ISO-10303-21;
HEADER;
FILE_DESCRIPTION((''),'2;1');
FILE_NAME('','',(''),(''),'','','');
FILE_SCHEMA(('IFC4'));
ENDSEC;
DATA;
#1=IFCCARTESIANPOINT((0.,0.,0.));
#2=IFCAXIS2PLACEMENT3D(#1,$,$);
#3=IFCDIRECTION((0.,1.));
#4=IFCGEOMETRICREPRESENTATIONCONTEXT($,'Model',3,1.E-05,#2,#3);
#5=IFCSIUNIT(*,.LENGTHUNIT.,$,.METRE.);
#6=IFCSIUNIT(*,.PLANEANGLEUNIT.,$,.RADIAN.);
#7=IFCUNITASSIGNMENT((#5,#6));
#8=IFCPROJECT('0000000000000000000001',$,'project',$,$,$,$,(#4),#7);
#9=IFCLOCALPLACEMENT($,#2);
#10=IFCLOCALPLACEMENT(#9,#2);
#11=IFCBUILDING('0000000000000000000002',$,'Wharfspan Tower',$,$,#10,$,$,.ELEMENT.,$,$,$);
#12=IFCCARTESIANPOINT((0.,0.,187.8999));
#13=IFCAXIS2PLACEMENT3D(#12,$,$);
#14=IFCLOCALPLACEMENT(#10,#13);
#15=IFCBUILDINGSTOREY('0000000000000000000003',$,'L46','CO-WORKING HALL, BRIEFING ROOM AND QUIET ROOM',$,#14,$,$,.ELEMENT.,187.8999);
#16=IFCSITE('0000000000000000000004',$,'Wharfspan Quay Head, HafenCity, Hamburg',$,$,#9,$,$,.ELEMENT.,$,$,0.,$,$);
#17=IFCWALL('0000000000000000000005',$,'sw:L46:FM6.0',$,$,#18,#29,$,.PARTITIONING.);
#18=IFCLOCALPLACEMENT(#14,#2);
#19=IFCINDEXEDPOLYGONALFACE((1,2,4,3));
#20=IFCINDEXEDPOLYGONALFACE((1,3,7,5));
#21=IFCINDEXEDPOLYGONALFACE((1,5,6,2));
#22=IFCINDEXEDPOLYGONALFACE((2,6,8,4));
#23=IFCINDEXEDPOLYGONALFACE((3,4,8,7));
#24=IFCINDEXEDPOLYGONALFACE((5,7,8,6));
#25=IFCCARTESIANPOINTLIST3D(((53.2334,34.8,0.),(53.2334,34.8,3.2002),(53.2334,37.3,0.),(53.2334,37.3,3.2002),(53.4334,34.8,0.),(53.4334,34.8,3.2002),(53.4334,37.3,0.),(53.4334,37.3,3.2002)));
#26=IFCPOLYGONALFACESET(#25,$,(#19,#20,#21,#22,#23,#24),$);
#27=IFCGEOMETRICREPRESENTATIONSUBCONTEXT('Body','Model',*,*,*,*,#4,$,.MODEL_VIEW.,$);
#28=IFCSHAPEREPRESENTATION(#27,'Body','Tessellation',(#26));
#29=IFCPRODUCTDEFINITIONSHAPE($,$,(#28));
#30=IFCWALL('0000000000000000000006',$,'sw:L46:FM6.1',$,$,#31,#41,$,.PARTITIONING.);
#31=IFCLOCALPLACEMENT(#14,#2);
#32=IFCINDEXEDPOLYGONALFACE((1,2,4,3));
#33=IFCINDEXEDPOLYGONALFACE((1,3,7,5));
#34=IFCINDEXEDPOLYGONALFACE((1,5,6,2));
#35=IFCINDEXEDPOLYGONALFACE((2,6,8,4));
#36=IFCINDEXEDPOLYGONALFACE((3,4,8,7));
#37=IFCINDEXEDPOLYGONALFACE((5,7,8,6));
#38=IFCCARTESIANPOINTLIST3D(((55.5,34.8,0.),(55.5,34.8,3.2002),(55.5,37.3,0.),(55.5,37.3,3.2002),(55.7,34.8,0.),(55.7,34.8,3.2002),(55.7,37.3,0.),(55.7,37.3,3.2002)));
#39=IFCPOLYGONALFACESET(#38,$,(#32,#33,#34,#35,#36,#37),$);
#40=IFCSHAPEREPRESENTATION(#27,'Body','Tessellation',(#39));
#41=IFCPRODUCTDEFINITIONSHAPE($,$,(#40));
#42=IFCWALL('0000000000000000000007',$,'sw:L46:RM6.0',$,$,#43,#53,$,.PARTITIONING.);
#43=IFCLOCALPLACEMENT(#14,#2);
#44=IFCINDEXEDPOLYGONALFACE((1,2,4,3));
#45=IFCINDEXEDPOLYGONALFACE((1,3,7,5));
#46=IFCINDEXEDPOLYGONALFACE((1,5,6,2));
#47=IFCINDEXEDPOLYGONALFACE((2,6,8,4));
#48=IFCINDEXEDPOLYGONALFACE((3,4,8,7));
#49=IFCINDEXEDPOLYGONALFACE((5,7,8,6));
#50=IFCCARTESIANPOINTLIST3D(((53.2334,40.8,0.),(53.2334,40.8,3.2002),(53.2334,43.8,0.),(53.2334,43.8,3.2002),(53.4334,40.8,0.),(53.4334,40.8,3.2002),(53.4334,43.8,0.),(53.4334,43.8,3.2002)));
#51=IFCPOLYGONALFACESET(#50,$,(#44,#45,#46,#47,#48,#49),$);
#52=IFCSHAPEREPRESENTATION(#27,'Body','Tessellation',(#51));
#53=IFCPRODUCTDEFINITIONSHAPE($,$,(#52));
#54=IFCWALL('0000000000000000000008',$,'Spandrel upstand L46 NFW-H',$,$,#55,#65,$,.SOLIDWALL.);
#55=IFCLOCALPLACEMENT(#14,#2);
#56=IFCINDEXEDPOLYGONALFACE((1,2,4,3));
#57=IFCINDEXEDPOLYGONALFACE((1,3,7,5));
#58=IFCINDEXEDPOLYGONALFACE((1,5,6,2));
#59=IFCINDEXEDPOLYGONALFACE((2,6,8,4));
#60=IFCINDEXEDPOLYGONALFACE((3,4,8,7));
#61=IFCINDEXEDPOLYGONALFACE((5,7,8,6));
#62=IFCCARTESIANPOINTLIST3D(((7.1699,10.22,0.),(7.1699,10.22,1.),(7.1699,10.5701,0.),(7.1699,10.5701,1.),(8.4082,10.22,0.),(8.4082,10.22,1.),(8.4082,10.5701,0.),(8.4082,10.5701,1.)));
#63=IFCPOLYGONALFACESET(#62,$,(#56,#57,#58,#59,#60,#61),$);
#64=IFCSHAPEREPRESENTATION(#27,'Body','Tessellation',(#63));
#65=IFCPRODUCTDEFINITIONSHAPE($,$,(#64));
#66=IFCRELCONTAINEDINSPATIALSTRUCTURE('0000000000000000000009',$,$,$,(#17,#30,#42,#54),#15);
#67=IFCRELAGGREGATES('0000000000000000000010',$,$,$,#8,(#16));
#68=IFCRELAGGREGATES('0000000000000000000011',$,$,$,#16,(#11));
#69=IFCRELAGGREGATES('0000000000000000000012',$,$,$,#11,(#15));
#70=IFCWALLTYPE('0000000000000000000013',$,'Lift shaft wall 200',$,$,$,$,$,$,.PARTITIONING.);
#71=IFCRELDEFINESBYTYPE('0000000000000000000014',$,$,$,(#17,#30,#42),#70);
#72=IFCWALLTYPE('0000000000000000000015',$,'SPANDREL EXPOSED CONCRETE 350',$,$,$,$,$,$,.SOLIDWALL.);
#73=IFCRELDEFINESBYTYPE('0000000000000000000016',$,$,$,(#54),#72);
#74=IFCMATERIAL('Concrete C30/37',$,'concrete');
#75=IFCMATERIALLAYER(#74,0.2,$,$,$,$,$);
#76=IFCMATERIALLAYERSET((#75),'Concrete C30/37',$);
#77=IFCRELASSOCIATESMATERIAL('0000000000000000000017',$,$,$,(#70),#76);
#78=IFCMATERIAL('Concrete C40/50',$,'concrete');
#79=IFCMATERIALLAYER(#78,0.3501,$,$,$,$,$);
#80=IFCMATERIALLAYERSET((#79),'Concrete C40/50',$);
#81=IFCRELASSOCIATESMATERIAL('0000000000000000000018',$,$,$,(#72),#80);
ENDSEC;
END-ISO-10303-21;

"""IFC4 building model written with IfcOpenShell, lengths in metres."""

from ifc_helpers import new_model, si_unit, direction, frame, frame_2d, origin, place, context, subcontext, project, spatial, polyline, rectangle, outline, extrude, material, layer, layer_set, type_object, element, save


model = new_model("IFC4")

# Units and contexts
model_context = context("Model", 3, precision=1e-05, world=origin(), true_north=direction((0.0, 1.0)))
body_context = subcontext(model_context, "Body", "Model", "MODEL_VIEW")
ifc_project = project(units=[si_unit("LENGTHUNIT", "METRE"), si_unit("PLANEANGLEUNIT", "RADIAN")], contexts=[model_context])

# Site, building, storey
site_placement = place(None, origin())
site = spatial("IfcSite", under=ifc_project, at=site_placement, Name="Wharfspan Quay Head, HafenCity, Hamburg", CompositionType="ELEMENT", RefElevation=0.0)
building_placement = place(site_placement, origin())
building = spatial("IfcBuilding", under=site, at=building_placement, Name="Wharfspan Tower", CompositionType="ELEMENT")
storey_placement = place(building_placement, frame((0.0, 0.0, 187.8999)))
storey = spatial("IfcBuildingStorey", under=building, at=storey_placement, Name="L46", Description="CO-WORKING HALL, BRIEFING ROOM AND QUIET ROOM", CompositionType="ELEMENT", Elevation=187.8999)

# Shared definitions
ifc_material_1 = material(Name="Concrete C40/50", Category="concrete")

# Walls
ifc_material_2 = material(Name="Concrete C30/37", Category="concrete")
ifc_layer_1 = layer(ifc_material_2, 0.2)
ifc_layer_set_1 = layer_set([ifc_layer_1], Name="Concrete C30/37")
wall_type_1 = type_object("IfcWallType", Name="Lift shaft wall 200", PredefinedType="PARTITIONING", material=ifc_layer_set_1)
wall_1_placement = place(storey_placement, origin())
element("IfcWall", 1, at=wall_1_placement, inside=storey, type_object=wall_type_1, Name="sw:L46:FM6.0", PredefinedType="PARTITIONING", context=body_context, shape_type="SweptSolid", body=[
    extrude(outline(polyline([(53.2334, 34.8), (53.2334, 37.3), (53.4333, 37.3), (53.4333, 34.8), (53.2334, 34.8)])), origin(), (0.0, 0.0, 1.0), 3.2002),
])
wall_2_placement = place(storey_placement, origin())
element("IfcWall", 2, at=wall_2_placement, inside=storey, type_object=wall_type_1, Name="sw:L46:FM6.1", PredefinedType="PARTITIONING", context=body_context, shape_type="SweptSolid", body=[
    extrude(outline(polyline([(55.5, 34.8), (55.5, 37.3), (55.7, 37.3), (55.7, 34.8), (55.5, 34.8)])), origin(), (0.0, 0.0, 1.0), 3.2002),
])
wall_3_placement = place(storey_placement, origin())
element("IfcWall", 3, at=wall_3_placement, inside=storey, type_object=wall_type_1, Name="sw:L46:RM6.0", PredefinedType="PARTITIONING", context=body_context, shape_type="SweptSolid", body=[
    extrude(outline(polyline([(53.4333, 40.8), (53.4333, 43.8), (53.2334, 43.8), (53.2334, 40.8), (53.4333, 40.8)])), origin(), (0.0, 0.0, 1.0), 3.2002),
])
ifc_layer_2 = layer(ifc_material_1, 0.3501)
ifc_layer_set_2 = layer_set([ifc_layer_2], Name="Concrete C40/50")
wall_type_2 = type_object("IfcWallType", Name="SPANDREL EXPOSED CONCRETE 350", PredefinedType="SOLIDWALL", material=ifc_layer_set_2)
wall_4_placement = place(storey_placement, frame((7.1699, 10.395, 0.0), z_axis=(0.0, 0.0, 1.0), x_axis=(1.0, 0.0, 0.0)))
element("IfcWall", 4, at=wall_4_placement, inside=storey, type_object=wall_type_2, Name="Spandrel upstand L46 NFW-H", PredefinedType="SOLIDWALL", context=body_context, shape_type="SweptSolid", body=[
    extrude(rectangle(XDim=1.2383, YDim=0.3501, at=frame_2d((0.6191, 0.0))), origin(), (0.0, 0.0, 1.0), 1.0),
])

save(model, "model.ifc")
